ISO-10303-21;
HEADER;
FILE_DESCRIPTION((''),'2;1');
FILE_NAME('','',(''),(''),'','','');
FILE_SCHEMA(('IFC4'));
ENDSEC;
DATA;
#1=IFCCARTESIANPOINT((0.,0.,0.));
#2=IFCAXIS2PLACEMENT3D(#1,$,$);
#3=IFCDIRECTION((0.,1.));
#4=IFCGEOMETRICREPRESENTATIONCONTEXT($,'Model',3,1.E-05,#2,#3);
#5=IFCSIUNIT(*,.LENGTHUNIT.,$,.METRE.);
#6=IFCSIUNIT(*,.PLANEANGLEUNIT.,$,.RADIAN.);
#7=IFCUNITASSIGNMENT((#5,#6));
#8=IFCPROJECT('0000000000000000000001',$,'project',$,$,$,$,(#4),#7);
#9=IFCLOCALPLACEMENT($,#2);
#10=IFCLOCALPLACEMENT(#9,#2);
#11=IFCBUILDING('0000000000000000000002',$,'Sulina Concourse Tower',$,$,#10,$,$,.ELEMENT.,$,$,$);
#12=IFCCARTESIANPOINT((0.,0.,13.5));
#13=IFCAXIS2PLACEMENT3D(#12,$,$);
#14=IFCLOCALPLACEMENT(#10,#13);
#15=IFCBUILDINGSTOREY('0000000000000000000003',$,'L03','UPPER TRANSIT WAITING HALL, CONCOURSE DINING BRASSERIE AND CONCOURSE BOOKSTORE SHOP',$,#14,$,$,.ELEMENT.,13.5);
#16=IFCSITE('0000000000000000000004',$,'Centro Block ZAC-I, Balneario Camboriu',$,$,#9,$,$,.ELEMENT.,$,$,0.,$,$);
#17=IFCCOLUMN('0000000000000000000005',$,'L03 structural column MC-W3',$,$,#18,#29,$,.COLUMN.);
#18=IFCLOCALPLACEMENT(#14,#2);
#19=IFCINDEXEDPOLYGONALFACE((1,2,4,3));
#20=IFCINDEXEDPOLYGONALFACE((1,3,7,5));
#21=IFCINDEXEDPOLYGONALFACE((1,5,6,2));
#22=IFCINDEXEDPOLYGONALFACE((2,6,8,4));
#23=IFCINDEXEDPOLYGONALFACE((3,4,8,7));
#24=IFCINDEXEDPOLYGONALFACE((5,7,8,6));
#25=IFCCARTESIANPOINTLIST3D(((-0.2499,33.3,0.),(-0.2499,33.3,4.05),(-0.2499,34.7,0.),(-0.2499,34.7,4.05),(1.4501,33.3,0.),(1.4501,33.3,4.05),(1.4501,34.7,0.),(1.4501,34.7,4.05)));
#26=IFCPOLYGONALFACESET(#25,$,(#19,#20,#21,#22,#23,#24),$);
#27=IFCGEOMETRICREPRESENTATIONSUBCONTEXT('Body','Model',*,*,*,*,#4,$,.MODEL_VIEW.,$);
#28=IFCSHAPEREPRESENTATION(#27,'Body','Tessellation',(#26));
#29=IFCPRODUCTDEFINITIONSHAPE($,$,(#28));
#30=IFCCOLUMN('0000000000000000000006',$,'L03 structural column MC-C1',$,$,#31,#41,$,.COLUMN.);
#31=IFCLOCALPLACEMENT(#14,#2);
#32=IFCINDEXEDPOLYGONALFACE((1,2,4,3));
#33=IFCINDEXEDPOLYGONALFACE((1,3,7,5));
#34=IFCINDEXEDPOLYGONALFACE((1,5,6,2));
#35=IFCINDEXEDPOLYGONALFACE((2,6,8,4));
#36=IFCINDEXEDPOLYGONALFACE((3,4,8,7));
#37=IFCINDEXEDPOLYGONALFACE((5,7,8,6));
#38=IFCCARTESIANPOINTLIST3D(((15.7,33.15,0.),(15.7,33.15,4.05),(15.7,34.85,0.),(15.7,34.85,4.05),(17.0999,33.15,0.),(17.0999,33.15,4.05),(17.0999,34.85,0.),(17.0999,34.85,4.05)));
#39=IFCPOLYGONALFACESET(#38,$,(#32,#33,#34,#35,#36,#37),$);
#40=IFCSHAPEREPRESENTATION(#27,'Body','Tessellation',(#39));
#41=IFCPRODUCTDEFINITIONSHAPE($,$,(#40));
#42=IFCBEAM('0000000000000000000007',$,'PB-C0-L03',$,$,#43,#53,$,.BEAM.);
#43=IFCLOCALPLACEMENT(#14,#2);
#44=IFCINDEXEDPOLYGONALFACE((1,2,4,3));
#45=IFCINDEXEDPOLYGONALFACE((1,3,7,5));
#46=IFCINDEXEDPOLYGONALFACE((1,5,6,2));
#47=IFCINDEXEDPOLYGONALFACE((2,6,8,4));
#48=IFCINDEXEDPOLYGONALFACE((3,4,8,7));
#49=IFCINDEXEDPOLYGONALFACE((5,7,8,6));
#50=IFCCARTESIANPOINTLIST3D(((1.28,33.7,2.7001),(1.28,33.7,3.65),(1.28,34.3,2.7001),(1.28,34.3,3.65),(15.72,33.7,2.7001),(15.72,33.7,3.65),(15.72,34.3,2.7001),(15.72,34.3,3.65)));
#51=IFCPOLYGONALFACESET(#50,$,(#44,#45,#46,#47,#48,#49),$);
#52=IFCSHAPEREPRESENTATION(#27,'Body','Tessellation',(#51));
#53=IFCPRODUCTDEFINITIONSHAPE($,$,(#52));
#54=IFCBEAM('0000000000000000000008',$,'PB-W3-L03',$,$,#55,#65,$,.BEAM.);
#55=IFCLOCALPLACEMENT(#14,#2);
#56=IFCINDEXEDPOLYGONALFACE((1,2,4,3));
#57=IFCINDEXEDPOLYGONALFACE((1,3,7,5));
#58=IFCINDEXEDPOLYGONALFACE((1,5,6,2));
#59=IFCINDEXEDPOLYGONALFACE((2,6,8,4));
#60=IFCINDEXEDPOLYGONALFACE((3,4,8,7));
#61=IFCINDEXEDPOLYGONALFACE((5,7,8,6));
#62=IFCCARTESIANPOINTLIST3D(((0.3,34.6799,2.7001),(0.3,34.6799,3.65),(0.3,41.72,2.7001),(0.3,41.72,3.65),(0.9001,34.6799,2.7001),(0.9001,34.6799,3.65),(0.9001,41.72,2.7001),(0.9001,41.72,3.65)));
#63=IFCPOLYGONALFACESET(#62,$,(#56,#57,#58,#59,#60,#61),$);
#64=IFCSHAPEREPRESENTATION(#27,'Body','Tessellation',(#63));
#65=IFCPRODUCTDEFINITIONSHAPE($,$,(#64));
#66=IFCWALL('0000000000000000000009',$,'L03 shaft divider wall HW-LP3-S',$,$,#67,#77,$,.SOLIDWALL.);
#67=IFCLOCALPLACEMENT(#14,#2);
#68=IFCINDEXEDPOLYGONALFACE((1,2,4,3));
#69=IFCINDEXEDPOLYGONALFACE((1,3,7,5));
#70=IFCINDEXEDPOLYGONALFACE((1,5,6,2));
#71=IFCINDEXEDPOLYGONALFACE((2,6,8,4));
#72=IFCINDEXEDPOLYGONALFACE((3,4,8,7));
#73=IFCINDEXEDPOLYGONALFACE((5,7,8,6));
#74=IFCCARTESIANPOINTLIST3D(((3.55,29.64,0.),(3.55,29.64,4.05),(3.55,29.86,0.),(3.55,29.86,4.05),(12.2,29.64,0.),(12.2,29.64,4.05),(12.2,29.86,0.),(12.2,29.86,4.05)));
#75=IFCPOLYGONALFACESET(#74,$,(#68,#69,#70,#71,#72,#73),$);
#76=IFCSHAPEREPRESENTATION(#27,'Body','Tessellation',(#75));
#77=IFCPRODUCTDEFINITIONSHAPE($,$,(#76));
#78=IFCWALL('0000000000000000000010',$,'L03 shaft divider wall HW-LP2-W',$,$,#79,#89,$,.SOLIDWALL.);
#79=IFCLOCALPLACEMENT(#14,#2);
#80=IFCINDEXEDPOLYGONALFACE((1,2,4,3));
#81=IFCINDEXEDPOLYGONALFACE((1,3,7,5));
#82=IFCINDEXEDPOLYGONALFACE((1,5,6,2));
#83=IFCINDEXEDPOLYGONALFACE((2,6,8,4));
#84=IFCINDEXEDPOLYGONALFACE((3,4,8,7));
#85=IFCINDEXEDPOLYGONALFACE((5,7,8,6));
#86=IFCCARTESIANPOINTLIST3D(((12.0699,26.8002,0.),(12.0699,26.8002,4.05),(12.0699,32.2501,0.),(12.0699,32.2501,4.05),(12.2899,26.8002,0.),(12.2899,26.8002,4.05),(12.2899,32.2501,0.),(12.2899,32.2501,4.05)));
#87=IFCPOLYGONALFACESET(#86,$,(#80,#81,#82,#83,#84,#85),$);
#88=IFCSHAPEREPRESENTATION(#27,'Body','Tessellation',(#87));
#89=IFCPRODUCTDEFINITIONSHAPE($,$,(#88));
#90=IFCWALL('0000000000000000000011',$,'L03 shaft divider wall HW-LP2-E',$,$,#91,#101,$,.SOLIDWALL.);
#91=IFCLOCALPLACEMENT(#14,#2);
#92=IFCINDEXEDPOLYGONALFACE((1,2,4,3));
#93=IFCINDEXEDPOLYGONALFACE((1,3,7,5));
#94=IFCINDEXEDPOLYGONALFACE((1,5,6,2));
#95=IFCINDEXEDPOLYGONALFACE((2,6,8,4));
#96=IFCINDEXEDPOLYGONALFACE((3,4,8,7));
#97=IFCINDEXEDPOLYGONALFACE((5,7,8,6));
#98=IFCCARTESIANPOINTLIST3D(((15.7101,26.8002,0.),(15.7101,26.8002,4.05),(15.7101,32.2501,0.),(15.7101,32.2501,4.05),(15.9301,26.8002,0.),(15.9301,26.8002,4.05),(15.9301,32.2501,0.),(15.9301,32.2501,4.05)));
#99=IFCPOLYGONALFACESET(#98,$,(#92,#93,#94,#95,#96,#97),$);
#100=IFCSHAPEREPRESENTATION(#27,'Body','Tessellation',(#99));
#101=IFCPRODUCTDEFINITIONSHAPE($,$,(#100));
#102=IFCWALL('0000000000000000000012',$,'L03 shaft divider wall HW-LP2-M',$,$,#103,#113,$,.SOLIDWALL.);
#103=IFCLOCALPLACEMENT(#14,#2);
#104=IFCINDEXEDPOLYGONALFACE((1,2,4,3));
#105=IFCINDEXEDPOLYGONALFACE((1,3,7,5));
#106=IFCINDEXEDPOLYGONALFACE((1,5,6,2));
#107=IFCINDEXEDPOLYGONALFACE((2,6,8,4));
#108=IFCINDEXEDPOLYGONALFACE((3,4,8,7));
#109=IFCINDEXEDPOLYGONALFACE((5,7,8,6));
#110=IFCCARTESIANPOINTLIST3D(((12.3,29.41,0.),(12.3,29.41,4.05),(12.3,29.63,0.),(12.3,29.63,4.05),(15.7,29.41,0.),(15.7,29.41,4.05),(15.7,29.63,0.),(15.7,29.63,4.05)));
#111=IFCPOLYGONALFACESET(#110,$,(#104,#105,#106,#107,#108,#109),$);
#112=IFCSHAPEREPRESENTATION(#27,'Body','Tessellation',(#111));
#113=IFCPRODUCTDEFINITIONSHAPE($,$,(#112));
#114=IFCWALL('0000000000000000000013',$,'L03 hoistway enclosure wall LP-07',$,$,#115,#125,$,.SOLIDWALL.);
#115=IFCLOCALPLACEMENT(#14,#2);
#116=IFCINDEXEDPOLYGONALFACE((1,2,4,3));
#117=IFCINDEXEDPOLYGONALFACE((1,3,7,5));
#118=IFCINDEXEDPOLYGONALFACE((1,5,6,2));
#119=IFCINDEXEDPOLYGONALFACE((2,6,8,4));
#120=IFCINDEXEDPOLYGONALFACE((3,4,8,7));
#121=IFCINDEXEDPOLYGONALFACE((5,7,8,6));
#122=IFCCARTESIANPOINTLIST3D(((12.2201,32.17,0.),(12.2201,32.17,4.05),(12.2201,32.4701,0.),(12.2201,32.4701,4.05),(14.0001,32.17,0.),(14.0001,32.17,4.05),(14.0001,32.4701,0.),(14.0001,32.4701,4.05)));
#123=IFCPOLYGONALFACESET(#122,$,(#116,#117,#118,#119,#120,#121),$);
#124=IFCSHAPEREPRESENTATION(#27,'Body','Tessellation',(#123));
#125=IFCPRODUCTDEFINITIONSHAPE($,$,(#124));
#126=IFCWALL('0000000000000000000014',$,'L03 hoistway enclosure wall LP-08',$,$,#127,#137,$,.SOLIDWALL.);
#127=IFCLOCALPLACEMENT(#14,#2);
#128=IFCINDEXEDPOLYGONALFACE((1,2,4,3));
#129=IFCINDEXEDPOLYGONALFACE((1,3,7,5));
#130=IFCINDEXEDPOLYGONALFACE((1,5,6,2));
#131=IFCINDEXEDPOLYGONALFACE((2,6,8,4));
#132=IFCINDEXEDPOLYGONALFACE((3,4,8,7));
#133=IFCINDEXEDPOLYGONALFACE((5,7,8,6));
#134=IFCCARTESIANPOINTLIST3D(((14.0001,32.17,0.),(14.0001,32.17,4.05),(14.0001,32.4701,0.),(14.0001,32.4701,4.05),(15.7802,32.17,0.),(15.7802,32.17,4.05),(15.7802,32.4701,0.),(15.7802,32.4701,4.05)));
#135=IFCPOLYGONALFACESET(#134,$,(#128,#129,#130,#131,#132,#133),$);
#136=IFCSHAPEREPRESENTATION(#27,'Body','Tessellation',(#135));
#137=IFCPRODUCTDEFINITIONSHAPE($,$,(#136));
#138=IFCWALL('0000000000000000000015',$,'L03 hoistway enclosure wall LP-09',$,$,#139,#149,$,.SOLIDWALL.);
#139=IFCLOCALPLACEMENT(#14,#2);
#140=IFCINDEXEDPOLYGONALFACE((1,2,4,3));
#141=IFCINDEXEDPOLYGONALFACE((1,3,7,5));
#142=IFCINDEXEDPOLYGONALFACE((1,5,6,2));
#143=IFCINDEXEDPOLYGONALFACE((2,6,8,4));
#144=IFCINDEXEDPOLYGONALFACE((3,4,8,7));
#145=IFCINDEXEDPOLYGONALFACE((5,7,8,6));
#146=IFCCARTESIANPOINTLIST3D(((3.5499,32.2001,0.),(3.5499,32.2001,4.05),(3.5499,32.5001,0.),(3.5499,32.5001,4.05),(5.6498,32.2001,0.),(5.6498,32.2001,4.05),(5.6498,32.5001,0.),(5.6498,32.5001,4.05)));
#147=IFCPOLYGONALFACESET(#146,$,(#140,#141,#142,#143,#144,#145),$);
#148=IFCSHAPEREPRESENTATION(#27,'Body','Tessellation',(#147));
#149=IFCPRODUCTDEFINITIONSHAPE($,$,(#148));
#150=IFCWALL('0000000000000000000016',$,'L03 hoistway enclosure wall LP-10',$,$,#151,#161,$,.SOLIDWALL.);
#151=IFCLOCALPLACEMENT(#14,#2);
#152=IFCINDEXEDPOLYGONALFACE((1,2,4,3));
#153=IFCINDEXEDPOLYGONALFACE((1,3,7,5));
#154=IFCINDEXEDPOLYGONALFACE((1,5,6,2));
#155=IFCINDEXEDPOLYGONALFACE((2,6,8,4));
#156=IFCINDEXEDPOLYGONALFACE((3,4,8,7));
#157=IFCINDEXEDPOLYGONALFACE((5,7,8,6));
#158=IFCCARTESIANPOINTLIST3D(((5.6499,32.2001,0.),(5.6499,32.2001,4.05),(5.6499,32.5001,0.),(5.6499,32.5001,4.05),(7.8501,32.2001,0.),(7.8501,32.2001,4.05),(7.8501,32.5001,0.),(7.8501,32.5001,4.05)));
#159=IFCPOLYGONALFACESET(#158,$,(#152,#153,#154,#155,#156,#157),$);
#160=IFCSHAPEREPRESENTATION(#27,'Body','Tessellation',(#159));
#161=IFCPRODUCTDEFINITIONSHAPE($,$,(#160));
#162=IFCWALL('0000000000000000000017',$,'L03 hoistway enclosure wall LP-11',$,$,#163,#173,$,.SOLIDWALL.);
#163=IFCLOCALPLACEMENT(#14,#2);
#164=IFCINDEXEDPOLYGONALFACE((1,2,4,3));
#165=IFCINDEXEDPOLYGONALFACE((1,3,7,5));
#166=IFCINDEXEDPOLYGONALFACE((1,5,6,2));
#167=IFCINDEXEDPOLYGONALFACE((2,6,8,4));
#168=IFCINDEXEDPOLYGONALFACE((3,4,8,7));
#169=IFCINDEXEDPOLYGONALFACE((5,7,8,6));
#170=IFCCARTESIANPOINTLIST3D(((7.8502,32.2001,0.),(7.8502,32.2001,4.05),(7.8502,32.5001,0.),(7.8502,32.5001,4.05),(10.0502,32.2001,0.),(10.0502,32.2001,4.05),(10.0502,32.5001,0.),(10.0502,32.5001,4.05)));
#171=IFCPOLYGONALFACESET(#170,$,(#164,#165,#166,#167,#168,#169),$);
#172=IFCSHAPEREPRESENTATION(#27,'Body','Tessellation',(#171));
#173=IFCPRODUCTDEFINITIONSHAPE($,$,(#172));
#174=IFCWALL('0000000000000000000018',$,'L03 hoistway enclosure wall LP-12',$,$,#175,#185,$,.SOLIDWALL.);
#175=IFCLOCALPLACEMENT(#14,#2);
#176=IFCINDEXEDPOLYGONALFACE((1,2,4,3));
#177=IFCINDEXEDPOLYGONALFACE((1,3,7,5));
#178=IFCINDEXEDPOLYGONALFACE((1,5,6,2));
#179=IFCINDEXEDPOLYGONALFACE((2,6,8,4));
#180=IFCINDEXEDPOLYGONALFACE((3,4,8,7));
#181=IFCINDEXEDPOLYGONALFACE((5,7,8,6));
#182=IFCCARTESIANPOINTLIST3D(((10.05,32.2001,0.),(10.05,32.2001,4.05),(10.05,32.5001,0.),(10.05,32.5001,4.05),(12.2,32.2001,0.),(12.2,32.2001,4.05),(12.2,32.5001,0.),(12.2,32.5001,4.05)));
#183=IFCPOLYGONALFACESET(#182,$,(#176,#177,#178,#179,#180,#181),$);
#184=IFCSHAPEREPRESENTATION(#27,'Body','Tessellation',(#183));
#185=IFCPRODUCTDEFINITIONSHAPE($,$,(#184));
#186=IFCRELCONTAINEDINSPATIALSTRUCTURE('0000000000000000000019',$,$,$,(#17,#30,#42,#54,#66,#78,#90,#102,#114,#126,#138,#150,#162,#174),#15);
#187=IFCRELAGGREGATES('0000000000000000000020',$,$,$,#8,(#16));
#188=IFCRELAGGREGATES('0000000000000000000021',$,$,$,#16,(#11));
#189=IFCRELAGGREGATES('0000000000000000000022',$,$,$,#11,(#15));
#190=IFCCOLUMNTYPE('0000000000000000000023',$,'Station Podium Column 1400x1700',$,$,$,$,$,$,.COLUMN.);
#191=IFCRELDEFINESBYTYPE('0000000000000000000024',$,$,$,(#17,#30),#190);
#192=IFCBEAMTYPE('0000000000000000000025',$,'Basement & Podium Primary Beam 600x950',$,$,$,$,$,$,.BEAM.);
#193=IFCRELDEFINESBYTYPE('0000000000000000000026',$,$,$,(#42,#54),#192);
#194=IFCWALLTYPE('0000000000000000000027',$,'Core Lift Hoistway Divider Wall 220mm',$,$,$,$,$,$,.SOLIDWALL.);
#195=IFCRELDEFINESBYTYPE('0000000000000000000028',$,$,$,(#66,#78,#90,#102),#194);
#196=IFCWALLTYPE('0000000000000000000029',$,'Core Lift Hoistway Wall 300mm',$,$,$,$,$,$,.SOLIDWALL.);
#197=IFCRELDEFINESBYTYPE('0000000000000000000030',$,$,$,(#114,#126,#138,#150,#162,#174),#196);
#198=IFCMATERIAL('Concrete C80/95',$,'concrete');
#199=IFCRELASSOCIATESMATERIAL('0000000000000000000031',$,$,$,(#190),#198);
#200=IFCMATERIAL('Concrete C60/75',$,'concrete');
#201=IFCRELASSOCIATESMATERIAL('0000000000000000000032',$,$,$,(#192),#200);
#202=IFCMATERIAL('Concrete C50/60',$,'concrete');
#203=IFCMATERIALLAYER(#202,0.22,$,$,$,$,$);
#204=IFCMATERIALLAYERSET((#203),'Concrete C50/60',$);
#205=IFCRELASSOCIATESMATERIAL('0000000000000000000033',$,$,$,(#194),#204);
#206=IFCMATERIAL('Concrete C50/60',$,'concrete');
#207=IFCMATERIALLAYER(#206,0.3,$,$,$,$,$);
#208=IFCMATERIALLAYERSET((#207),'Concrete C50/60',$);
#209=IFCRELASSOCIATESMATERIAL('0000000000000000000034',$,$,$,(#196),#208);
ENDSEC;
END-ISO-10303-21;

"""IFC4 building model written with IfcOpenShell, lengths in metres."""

from ifc_helpers import new_model, si_unit, direction, frame, frame_2d, origin, origin_2d, place, context, subcontext, project, spatial, rectangle, extrude, material, layer, layer_set, material_profile, profile_set, type_object, element, save


model = new_model("IFC4")

# Units and contexts
model_context = context("Model", 3, precision=1e-05, world=origin(), true_north=direction((0.0, 1.0)))
body_context = subcontext(model_context, "Body", "Model", "MODEL_VIEW")
ifc_project = project(units=[si_unit("LENGTHUNIT", "METRE"), si_unit("PLANEANGLEUNIT", "RADIAN")], contexts=[model_context])

# Site, building, storey
site_placement = place(None, origin())
site = spatial("IfcSite", under=ifc_project, at=site_placement, Name="Centro Block ZAC-I, Balneario Camboriu", CompositionType="ELEMENT", RefElevation=0.0)
building_placement = place(site_placement, origin())
building = spatial("IfcBuilding", under=site, at=building_placement, Name="Sulina Concourse Tower", CompositionType="ELEMENT")
storey_placement = place(building_placement, frame((0.0, 0.0, 13.5)))
storey = spatial("IfcBuildingStorey", under=building, at=storey_placement, Name="L03", Description="UPPER TRANSIT WAITING HALL, CONCOURSE DINING BRASSERIE AND CONCOURSE BOOKSTORE SHOP", CompositionType="ELEMENT", Elevation=13.5)

# Columns
ifc_material_1 = material(Name="Concrete C80/95", Category="concrete")
ifc_material_profile_1 = material_profile(ifc_material_1, rectangle(XDim=1.3999, YDim=1.7, at=origin_2d()), Name="RC 1400x1700")
ifc_profile_set_1 = profile_set([ifc_material_profile_1], Name="Concrete C80/95")
column_type = type_object("IfcColumnType", Name="Station Podium Column 1400x1700", PredefinedType="COLUMN", material=ifc_profile_set_1)
for number, where, z_axis, x_axis, name in (
    (1, (0.6001, 34.0, 0.0), (0.0, 0.0, 1.0), (0.0, 1.0, 0.0), "L03 structural column MC-W3"),
    (2, (16.3999, 34.0, 0.0), (0.0, 0.0, 1.0), (1.0, 0.0, 0.0), "L03 structural column MC-C1"),
):
    element("IfcColumn", number, at=place(storey_placement, frame(where, z_axis=z_axis, x_axis=x_axis)), inside=storey, type_object=column_type, Name=name, PredefinedType="COLUMN", context=body_context, shape_type="SweptSolid", body=[
        extrude(rectangle(XDim=1.3999, YDim=1.7, at=origin_2d()), origin(), (0.0, 0.0, 1.0), 4.05),
    ])

# Beams
ifc_material_2 = material(Name="Concrete C60/75", Category="concrete")
ifc_material_profile_2 = material_profile(ifc_material_2, rectangle(XDim=0.6001, YDim=0.95, at=origin_2d()), Name="RC 600x950")
ifc_profile_set_2 = profile_set([ifc_material_profile_2], Name="Concrete C60/75")
beam_type = type_object("IfcBeamType", Name="Basement & Podium Primary Beam 600x950", PredefinedType="BEAM", material=ifc_profile_set_2)
beam_1_placement = place(storey_placement, frame((1.28, 34.0, 3.175), z_axis=(1.0, 0.0, 0.0), x_axis=(0.0, 1.0, 0.0)))
element("IfcBeam", 3, at=beam_1_placement, inside=storey, type_object=beam_type, Name="PB-C0-L03", PredefinedType="BEAM", context=body_context, shape_type="SweptSolid", body=[
    extrude(rectangle(XDim=0.6001, YDim=0.95, at=origin_2d()), origin(), (0.0, 0.0, 1.0), 14.4399),
])
beam_2_placement = place(storey_placement, frame((0.6001, 34.6799, 3.175), z_axis=(0.0, 1.0, 0.0), x_axis=(-1.0, 0.0, 0.0)))
element("IfcBeam", 4, at=beam_2_placement, inside=storey, type_object=beam_type, Name="PB-W3-L03", PredefinedType="BEAM", context=body_context, shape_type="SweptSolid", body=[
    extrude(rectangle(XDim=0.6001, YDim=0.95, at=origin_2d()), origin(), (0.0, 0.0, 1.0), 7.04),
])

# Walls
ifc_material_3 = material(Name="Concrete C50/60", Category="concrete")
ifc_layer_1 = layer(ifc_material_3, 0.22)
ifc_layer_set_1 = layer_set([ifc_layer_1], Name="Concrete C50/60")
wall_type_1 = type_object("IfcWallType", Name="Core Lift Hoistway Divider Wall 220mm", PredefinedType="SOLIDWALL", material=ifc_layer_set_1)
wall_1_placement = place(storey_placement, frame((3.55, 29.75, 0.0), z_axis=(0.0, 0.0, 1.0), x_axis=(1.0, 0.0, 0.0)))
element("IfcWall", 5, at=wall_1_placement, inside=storey, type_object=wall_type_1, Name="L03 shaft divider wall HW-LP3-S", PredefinedType="SOLIDWALL", context=body_context, shape_type="SweptSolid", body=[
    extrude(rectangle(XDim=8.6499, YDim=0.22, at=frame_2d((4.325, 0.0))), origin(), (0.0, 0.0, 1.0), 4.05),
])
for number, where, z_axis, x_axis, name in (
    (6, (12.1799, 26.8, 0.0), (0.0, 0.0, 1.0), (0.0, 1.0, 0.0), "L03 shaft divider wall HW-LP2-W"),
    (7, (15.8201, 26.8, 0.0), (0.0, 0.0, 1.0), (0.0, 1.0, 0.0), "L03 shaft divider wall HW-LP2-E"),
):
    element("IfcWall", number, at=place(storey_placement, frame(where, z_axis=z_axis, x_axis=x_axis)), inside=storey, type_object=wall_type_1, Name=name, PredefinedType="SOLIDWALL", context=body_context, shape_type="SweptSolid", body=[
        extrude(rectangle(XDim=5.45, YDim=0.22, at=frame_2d((2.7251, 0.0))), origin(), (0.0, 0.0, 1.0), 4.05),
    ])
wall_2_placement = place(storey_placement, frame((12.3, 29.52, 0.0), z_axis=(0.0, 0.0, 1.0), x_axis=(1.0, 0.0, 0.0)))
element("IfcWall", 8, at=wall_2_placement, inside=storey, type_object=wall_type_1, Name="L03 shaft divider wall HW-LP2-M", PredefinedType="SOLIDWALL", context=body_context, shape_type="SweptSolid", body=[
    extrude(rectangle(XDim=3.3999, YDim=0.22, at=frame_2d((1.7, 0.0))), origin(), (0.0, 0.0, 1.0), 4.05),
])
ifc_material_4 = material(Name="Concrete C50/60", Category="concrete")
ifc_layer_2 = layer(ifc_material_4, 0.3)
ifc_layer_set_2 = layer_set([ifc_layer_2], Name="Concrete C50/60")
wall_type_2 = type_object("IfcWallType", Name="Core Lift Hoistway Wall 300mm", PredefinedType="SOLIDWALL", material=ifc_layer_set_2)
for number, where, z_axis, x_axis, name in (
    (9, (12.22, 32.3201, 0.0), (0.0, 0.0, 1.0), (1.0, 0.0, 0.0), "L03 hoistway enclosure wall LP-07"),
    (10, (14.0, 32.3201, 0.0), (0.0, 0.0, 1.0), (1.0, 0.0, 0.0), "L03 hoistway enclosure wall LP-08"),
):
    element("IfcWall", number, at=place(storey_placement, frame(where, z_axis=z_axis, x_axis=x_axis)), inside=storey, type_object=wall_type_2, Name=name, PredefinedType="SOLIDWALL", context=body_context, shape_type="SweptSolid", body=[
        extrude(rectangle(XDim=1.78, YDim=0.3, at=frame_2d((0.8901, 0.0))), origin(), (0.0, 0.0, 1.0), 4.05),
    ])
wall_3_placement = place(storey_placement, frame((3.55, 32.3501, 0.0), z_axis=(0.0, 0.0, 1.0), x_axis=(1.0, 0.0, 0.0)))
element("IfcWall", 11, at=wall_3_placement, inside=storey, type_object=wall_type_2, Name="L03 hoistway enclosure wall LP-09", PredefinedType="SOLIDWALL", context=body_context, shape_type="SweptSolid", body=[
    extrude(rectangle(XDim=2.0999, YDim=0.3, at=frame_2d((1.0498, 0.0))), origin(), (0.0, 0.0, 1.0), 4.05),
])
wall_4_placement = place(storey_placement, frame((5.6499, 32.3501, 0.0), z_axis=(0.0, 0.0, 1.0), x_axis=(1.0, 0.0, 0.0)))
element("IfcWall", 12, at=wall_4_placement, inside=storey, type_object=wall_type_2, Name="L03 hoistway enclosure wall LP-10", PredefinedType="SOLIDWALL", context=body_context, shape_type="SweptSolid", body=[
    extrude(rectangle(XDim=2.2002, YDim=0.3, at=frame_2d((1.1001, 0.0))), origin(), (0.0, 0.0, 1.0), 4.05),
])
wall_5_placement = place(storey_placement, frame((7.8501, 32.3501, 0.0), z_axis=(0.0, 0.0, 1.0), x_axis=(1.0, 0.0, 0.0)))
element("IfcWall", 13, at=wall_5_placement, inside=storey, type_object=wall_type_2, Name="L03 hoistway enclosure wall LP-11", PredefinedType="SOLIDWALL", context=body_context, shape_type="SweptSolid", body=[
    extrude(rectangle(XDim=2.2, YDim=0.3, at=frame_2d((1.1001, 0.0))), origin(), (0.0, 0.0, 1.0), 4.05),
])
wall_6_placement = place(storey_placement, frame((10.05, 32.3501, 0.0), z_axis=(0.0, 0.0, 1.0), x_axis=(1.0, 0.0, 0.0)))
element("IfcWall", 14, at=wall_6_placement, inside=storey, type_object=wall_type_2, Name="L03 hoistway enclosure wall LP-12", PredefinedType="SOLIDWALL", context=body_context, shape_type="SweptSolid", body=[
    extrude(rectangle(XDim=2.1499, YDim=0.3, at=frame_2d((1.075, 0.0))), origin(), (0.0, 0.0, 1.0), 4.05),
])

save(model, "model.ifc")
